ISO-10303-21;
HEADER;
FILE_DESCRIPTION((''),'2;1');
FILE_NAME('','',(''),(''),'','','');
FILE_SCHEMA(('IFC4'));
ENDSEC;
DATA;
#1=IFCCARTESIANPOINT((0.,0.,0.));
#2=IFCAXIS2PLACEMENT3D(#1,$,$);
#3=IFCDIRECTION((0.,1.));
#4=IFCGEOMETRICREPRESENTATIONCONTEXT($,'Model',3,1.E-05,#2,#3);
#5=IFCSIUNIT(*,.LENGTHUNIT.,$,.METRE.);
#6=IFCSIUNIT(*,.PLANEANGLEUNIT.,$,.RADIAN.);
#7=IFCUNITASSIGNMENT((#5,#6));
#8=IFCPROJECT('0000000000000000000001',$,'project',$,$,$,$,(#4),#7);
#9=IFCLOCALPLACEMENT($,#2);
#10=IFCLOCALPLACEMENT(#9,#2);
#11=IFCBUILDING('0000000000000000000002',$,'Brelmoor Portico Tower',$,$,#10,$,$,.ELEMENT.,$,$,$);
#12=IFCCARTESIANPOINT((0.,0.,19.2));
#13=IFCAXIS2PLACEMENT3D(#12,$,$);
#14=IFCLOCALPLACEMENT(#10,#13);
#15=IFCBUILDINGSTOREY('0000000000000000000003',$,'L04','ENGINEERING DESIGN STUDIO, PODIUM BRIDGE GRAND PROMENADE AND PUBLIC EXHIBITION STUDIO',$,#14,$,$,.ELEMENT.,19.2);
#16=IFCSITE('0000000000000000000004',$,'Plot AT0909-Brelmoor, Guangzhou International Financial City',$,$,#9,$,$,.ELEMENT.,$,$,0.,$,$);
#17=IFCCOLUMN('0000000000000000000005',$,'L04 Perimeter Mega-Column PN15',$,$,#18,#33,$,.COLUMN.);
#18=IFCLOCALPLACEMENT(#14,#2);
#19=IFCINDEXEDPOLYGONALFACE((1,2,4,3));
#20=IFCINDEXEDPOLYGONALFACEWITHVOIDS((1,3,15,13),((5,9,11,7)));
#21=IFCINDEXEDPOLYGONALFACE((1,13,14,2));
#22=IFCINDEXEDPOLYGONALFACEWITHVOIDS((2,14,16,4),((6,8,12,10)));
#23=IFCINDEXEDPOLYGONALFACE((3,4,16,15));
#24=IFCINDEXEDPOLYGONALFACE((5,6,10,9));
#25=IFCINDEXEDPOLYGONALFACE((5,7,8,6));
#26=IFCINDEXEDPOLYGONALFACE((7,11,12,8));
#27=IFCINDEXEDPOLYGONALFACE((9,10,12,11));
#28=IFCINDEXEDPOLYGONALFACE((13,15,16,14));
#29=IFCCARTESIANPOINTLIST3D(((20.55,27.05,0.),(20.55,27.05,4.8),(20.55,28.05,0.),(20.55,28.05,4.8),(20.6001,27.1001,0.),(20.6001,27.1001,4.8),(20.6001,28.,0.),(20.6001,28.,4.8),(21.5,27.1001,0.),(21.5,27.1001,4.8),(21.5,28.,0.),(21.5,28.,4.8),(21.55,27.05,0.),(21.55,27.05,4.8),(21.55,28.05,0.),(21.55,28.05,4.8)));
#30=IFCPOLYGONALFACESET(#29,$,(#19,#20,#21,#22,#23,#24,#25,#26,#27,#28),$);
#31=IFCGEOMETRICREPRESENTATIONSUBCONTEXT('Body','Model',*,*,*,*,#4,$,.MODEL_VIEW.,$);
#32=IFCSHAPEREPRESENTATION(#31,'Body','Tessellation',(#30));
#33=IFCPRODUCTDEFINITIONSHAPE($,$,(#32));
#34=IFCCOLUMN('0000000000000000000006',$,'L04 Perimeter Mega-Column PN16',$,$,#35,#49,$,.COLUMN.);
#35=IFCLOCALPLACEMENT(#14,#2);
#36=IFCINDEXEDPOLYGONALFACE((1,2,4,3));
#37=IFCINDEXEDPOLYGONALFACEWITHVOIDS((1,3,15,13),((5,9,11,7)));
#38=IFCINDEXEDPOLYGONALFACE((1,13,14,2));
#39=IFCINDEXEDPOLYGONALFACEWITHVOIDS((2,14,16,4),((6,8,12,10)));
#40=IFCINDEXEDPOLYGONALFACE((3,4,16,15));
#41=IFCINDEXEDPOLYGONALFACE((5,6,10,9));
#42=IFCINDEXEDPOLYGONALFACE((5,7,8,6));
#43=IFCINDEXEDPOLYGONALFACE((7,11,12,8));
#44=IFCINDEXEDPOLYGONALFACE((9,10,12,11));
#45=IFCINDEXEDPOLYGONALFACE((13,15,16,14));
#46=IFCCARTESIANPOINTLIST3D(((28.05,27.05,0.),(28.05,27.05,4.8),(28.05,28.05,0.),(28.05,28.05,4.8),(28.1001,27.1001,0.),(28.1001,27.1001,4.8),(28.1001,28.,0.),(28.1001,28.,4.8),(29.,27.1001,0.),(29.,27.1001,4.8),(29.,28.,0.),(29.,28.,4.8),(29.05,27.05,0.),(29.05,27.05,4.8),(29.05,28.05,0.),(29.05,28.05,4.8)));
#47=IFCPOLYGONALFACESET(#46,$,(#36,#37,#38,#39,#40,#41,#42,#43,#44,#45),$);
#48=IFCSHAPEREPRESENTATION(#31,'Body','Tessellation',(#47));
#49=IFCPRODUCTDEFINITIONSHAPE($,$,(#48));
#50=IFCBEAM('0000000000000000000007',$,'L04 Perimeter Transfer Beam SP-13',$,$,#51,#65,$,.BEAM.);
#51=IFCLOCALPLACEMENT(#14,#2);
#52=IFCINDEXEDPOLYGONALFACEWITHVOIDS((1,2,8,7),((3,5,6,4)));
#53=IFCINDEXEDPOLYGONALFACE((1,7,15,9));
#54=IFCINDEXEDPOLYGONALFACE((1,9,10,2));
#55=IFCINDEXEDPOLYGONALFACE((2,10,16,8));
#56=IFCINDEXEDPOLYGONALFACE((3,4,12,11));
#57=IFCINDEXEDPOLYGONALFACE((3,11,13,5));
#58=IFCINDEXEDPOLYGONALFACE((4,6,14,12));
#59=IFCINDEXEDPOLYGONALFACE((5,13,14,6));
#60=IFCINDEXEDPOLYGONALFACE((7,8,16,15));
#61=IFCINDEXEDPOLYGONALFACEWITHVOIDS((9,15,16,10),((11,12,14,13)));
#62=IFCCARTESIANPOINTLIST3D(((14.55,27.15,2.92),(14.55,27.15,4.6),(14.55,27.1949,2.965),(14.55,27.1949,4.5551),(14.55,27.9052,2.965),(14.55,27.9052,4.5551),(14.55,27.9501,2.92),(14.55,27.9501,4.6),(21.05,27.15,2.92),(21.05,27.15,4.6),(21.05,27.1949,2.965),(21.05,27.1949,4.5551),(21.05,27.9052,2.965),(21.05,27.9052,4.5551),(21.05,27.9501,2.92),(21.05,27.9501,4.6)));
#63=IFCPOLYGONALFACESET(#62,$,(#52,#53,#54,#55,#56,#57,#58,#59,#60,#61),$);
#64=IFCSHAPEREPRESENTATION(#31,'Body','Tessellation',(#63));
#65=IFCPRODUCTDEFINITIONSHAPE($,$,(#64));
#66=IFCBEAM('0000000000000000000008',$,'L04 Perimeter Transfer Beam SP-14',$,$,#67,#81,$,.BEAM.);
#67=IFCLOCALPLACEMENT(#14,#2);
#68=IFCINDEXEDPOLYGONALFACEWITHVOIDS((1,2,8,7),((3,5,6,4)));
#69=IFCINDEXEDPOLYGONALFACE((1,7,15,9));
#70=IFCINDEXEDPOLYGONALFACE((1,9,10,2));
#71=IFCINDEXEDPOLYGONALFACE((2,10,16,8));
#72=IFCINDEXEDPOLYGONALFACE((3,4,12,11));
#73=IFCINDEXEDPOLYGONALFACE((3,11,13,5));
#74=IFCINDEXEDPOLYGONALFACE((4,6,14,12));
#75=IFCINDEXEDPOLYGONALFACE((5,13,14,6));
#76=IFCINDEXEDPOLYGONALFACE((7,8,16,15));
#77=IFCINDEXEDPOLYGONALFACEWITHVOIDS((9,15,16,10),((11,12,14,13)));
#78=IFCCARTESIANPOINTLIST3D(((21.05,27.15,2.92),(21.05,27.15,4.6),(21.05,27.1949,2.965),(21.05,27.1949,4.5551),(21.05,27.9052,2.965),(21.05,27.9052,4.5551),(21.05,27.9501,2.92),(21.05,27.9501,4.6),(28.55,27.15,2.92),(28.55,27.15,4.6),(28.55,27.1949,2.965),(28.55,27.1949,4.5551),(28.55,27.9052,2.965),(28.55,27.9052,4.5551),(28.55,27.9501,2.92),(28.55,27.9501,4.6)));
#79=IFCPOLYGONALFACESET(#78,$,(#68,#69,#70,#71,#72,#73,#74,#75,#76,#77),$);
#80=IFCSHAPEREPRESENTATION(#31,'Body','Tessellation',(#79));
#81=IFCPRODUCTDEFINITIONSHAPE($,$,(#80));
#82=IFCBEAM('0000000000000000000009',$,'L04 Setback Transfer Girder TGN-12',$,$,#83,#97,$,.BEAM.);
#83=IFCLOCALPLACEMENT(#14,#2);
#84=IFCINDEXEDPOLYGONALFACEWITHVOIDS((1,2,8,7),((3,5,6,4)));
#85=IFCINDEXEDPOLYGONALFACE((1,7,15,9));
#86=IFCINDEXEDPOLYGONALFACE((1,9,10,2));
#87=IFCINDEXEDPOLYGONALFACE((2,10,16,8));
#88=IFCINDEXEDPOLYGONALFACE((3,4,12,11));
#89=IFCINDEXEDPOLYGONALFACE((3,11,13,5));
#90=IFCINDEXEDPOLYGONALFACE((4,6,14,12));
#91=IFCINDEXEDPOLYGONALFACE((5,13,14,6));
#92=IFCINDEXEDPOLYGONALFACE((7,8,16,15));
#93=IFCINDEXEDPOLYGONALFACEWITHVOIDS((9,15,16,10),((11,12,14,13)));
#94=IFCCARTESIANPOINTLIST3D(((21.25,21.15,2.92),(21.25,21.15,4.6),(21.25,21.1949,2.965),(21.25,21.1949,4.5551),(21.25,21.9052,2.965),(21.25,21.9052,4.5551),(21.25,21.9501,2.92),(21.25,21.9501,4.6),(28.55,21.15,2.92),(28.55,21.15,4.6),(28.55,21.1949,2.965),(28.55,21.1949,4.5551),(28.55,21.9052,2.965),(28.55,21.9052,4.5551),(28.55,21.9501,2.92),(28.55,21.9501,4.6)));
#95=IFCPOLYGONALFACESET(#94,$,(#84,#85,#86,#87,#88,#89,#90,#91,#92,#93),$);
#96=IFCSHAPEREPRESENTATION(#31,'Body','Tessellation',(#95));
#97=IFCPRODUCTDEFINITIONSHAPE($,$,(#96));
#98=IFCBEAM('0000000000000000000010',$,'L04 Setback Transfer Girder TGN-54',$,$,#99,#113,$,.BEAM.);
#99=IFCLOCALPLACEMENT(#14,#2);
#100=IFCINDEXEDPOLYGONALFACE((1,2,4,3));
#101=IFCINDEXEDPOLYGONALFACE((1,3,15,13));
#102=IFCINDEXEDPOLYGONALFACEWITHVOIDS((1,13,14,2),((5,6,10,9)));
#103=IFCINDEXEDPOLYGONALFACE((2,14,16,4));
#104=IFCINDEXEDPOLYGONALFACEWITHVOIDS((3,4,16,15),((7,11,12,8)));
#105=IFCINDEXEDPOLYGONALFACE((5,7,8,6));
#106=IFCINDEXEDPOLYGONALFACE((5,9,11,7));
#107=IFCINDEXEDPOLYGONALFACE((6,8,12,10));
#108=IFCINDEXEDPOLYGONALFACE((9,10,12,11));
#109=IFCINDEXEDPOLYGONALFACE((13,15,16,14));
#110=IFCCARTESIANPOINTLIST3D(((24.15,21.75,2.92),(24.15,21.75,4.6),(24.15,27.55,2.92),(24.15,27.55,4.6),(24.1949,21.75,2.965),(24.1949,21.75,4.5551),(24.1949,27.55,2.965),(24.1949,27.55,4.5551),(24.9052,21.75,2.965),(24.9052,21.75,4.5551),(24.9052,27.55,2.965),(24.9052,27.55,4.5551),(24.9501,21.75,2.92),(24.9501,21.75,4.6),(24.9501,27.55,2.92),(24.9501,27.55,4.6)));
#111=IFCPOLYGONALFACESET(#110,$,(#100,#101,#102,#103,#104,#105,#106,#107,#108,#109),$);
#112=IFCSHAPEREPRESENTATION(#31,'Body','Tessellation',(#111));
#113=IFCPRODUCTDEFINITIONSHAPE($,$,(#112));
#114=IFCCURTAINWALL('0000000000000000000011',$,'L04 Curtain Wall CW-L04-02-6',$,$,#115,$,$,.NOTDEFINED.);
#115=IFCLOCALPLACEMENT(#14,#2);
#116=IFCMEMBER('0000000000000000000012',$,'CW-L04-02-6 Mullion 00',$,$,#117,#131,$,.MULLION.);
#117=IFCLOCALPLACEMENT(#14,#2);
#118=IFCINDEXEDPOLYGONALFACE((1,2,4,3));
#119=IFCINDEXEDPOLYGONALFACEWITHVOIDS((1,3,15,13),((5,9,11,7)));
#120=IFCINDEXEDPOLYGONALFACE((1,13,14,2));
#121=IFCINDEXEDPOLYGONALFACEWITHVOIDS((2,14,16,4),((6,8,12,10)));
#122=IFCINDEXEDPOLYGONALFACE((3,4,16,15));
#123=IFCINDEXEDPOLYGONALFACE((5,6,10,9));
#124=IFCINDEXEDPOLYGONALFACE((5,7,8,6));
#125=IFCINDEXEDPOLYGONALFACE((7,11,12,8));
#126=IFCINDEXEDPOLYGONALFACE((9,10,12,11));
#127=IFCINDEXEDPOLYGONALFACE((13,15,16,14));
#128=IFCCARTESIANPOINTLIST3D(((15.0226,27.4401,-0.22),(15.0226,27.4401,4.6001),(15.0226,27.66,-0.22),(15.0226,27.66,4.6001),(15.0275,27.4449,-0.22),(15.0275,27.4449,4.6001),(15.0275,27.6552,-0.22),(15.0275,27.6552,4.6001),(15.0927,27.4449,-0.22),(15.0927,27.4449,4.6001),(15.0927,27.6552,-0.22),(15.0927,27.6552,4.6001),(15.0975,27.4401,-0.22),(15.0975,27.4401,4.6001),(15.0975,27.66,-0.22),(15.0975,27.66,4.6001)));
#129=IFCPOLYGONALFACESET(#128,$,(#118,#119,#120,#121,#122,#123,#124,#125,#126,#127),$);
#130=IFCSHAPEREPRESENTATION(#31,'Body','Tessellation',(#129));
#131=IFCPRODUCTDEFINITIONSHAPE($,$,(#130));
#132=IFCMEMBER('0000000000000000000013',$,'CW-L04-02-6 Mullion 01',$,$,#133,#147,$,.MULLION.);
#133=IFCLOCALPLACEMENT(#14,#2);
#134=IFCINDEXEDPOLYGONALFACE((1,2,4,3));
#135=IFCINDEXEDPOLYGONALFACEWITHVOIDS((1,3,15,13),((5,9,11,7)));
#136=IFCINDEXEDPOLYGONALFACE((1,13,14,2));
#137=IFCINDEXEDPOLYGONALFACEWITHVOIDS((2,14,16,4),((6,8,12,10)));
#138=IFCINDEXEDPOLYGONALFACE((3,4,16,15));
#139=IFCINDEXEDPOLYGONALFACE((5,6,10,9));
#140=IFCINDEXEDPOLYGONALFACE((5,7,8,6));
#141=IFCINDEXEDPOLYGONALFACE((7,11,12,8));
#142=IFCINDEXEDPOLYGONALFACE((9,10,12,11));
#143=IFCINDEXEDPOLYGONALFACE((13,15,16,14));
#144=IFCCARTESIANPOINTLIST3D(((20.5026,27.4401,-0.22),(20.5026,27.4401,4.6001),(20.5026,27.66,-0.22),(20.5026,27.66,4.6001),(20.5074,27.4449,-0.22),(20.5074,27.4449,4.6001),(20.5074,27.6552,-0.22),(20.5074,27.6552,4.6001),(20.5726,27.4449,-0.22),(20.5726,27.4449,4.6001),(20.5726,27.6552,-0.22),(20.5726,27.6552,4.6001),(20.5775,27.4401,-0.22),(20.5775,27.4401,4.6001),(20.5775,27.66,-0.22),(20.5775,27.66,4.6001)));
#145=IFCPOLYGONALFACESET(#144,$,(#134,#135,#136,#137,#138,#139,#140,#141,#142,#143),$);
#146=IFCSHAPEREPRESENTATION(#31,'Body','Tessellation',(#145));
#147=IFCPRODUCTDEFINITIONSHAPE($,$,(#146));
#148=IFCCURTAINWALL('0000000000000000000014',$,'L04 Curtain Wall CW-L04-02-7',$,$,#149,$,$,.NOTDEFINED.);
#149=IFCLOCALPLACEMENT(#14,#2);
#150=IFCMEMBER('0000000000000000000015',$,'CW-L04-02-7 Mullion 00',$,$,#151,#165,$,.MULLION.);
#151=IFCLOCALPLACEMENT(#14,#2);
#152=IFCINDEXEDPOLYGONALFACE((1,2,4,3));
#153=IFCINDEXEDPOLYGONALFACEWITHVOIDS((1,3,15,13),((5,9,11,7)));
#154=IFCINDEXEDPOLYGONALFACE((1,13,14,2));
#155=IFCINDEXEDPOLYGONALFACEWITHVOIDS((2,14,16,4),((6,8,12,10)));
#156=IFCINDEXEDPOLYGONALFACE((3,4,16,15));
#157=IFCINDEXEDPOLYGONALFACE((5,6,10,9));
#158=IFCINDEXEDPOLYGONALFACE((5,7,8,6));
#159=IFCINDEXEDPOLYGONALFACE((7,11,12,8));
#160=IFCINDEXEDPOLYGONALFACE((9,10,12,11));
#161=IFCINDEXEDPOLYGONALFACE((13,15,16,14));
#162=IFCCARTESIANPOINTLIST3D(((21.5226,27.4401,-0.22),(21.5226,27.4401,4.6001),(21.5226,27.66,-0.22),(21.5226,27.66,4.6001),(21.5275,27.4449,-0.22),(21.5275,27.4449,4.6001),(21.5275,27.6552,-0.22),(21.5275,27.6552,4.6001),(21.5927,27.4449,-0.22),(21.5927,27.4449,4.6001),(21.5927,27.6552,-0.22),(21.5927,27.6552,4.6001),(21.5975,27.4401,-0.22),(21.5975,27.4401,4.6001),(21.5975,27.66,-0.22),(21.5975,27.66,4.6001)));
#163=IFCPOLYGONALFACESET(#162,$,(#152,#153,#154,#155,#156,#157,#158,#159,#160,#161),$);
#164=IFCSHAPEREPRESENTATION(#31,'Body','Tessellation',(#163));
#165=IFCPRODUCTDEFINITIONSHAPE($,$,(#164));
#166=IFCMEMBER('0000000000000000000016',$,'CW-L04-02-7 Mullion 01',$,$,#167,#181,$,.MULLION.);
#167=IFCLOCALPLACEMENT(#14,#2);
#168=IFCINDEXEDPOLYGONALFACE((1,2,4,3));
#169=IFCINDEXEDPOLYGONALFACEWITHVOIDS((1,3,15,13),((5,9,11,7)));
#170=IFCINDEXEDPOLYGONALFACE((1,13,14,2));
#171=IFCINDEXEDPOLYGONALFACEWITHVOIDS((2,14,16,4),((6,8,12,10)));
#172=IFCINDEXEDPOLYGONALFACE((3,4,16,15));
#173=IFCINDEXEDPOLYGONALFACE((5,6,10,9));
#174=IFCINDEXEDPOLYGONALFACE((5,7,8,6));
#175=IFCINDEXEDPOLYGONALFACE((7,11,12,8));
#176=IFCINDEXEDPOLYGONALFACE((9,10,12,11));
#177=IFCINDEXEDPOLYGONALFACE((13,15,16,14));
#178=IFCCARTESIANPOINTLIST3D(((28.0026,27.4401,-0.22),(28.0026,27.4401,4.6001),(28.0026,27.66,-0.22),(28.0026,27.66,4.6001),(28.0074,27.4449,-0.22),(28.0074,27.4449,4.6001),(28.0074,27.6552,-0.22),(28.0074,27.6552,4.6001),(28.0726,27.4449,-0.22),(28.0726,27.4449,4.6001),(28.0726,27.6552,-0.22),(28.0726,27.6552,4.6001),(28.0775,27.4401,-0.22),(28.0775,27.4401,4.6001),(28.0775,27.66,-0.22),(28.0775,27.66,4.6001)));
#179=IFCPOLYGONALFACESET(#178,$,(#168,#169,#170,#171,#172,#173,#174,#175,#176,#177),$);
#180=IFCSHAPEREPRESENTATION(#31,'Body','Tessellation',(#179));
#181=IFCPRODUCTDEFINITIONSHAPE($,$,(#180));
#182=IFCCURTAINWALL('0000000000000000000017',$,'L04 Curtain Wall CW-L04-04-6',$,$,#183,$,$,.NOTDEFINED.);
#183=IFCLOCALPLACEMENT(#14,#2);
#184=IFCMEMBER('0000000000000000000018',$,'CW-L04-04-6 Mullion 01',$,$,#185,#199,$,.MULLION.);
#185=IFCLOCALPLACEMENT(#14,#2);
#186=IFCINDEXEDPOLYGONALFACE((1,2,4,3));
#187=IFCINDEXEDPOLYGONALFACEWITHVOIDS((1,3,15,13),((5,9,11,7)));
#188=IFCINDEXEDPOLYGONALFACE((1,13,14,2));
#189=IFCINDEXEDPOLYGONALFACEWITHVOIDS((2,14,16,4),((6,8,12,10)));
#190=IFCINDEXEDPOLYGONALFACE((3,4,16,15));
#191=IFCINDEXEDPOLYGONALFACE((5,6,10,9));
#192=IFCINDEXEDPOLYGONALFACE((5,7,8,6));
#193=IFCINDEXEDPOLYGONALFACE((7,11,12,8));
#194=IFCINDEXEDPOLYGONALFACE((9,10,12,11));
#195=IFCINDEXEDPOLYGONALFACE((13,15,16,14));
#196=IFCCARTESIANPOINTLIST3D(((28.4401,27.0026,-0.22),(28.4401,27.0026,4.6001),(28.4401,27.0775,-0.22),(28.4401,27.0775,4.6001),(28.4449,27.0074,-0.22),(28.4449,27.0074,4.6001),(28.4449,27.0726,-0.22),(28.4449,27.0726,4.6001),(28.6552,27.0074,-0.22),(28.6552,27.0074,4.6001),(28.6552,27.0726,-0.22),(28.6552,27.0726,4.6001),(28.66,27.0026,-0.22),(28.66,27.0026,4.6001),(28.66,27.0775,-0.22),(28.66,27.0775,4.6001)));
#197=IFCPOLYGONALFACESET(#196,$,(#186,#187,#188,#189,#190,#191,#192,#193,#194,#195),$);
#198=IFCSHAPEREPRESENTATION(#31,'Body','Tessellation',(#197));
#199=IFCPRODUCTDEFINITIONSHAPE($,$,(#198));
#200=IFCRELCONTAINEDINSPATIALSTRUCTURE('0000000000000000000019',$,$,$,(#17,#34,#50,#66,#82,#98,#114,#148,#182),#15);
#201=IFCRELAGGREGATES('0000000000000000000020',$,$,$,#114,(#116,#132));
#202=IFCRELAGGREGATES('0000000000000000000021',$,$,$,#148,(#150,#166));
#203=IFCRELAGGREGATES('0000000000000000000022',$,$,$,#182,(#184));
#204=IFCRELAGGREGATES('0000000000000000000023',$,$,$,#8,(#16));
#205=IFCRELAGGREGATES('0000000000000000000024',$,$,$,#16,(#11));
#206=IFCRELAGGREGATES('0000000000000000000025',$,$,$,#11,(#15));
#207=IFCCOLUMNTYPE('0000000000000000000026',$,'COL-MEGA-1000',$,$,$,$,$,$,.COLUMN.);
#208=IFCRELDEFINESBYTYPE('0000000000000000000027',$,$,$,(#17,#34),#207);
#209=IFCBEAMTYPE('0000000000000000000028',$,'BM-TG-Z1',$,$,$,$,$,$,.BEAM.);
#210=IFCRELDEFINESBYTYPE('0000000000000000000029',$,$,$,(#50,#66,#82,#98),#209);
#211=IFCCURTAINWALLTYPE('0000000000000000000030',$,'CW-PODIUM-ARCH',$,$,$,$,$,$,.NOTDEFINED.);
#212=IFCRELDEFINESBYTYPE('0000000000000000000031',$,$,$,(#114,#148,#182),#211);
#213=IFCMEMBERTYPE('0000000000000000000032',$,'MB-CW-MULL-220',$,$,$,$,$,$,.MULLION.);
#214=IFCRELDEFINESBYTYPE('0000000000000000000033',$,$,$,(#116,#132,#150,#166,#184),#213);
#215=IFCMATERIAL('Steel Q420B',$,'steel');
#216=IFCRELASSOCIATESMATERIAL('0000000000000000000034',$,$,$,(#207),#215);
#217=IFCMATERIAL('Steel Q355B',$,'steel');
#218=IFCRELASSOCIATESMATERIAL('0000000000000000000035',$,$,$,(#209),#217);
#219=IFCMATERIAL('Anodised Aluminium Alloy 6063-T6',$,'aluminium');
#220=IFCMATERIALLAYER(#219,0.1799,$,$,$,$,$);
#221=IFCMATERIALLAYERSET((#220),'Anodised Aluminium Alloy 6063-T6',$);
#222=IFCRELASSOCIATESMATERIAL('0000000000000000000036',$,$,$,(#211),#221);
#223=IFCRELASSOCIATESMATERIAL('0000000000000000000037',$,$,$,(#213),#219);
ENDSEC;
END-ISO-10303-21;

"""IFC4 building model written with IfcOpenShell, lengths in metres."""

from ifc_helpers import new_model, si_unit, direction, frame, origin, origin_2d, place, context, subcontext, project, spatial, hollow_rectangle, extrude, material, layer, layer_set, material_profile, profile_set, type_object, element, aggregate, save


model = new_model("IFC4")

# Units and contexts
model_context = context("Model", 3, precision=1e-05, world=origin(), true_north=direction((0.0, 1.0)))
body_context = subcontext(model_context, "Body", "Model", "MODEL_VIEW")
ifc_project = project(units=[si_unit("LENGTHUNIT", "METRE"), si_unit("PLANEANGLEUNIT", "RADIAN")], contexts=[model_context])

# Site, building, storey
site_placement = place(None, origin())
site = spatial("IfcSite", under=ifc_project, at=site_placement, Name="Plot AT0909-Brelmoor, Guangzhou International Financial City", CompositionType="ELEMENT", RefElevation=0.0)
building_placement = place(site_placement, origin())
building = spatial("IfcBuilding", under=site, at=building_placement, Name="Brelmoor Portico Tower", CompositionType="ELEMENT")
storey_placement = place(building_placement, frame((0.0, 0.0, 19.2)))
storey = spatial("IfcBuildingStorey", under=building, at=storey_placement, Name="L04", Description="ENGINEERING DESIGN STUDIO, PODIUM BRIDGE GRAND PROMENADE AND PUBLIC EXHIBITION STUDIO", CompositionType="ELEMENT", Elevation=19.2)

# Columns
ifc_material_1 = material(Name="Steel Q420B", Category="steel")
ifc_material_profile_1 = material_profile(ifc_material_1, hollow_rectangle(XDim=1.0, YDim=1.0, WallThickness=0.05, at=origin_2d()), Name="BOX 1000x1000x50")
ifc_profile_set_1 = profile_set([ifc_material_profile_1], Name="Steel Q420B")
column_type = type_object("IfcColumnType", Name="COL-MEGA-1000", PredefinedType="COLUMN", material=ifc_profile_set_1)
for number, where, z_axis, x_axis, name in (
    (1, (21.05, 27.55, 0.0), (0.0, 0.0, 1.0), (1.0, 0.0, 0.0), "L04 Perimeter Mega-Column PN15"),
    (2, (28.55, 27.55, 0.0), (0.0, 0.0, 1.0), (1.0, 0.0, 0.0), "L04 Perimeter Mega-Column PN16"),
):
    element("IfcColumn", number, at=place(storey_placement, frame(where, z_axis=z_axis, x_axis=x_axis)), inside=storey, type_object=column_type, Name=name, PredefinedType="COLUMN", context=body_context, shape_type="SweptSolid", body=[
        extrude(hollow_rectangle(XDim=1.0, YDim=1.0, WallThickness=0.05, at=origin_2d()), origin(), (0.0, 0.0, 1.0), 4.8),
    ])

# Beams
ifc_material_2 = material(Name="Steel Q355B", Category="steel")
ifc_material_profile_2 = material_profile(ifc_material_2, hollow_rectangle(XDim=0.8, YDim=1.6799, WallThickness=0.0449, at=origin_2d()), Name="BOX 800x1680x45")
ifc_profile_set_2 = profile_set([ifc_material_profile_2], Name="Steel Q355B")
beam_type = type_object("IfcBeamType", Name="BM-TG-Z1", PredefinedType="BEAM", material=ifc_profile_set_2)
beam_1_placement = place(storey_placement, frame((14.55, 27.55, 3.76), z_axis=(1.0, 0.0, 0.0), x_axis=(0.0, 1.0, 0.0)))
element("IfcBeam", 3, at=beam_1_placement, inside=storey, type_object=beam_type, Name="L04 Perimeter Transfer Beam SP-13", PredefinedType="BEAM", context=body_context, shape_type="SweptSolid", body=[
    extrude(hollow_rectangle(XDim=0.8, YDim=1.6799, WallThickness=0.0449, at=origin_2d()), origin(), (0.0, 0.0, 1.0), 6.5),
])
beam_2_placement = place(storey_placement, frame((21.05, 27.55, 3.76), z_axis=(1.0, 0.0, 0.0), x_axis=(0.0, 1.0, 0.0)))
element("IfcBeam", 4, at=beam_2_placement, inside=storey, type_object=beam_type, Name="L04 Perimeter Transfer Beam SP-14", PredefinedType="BEAM", context=body_context, shape_type="SweptSolid", body=[
    extrude(hollow_rectangle(XDim=0.8, YDim=1.6799, WallThickness=0.0449, at=origin_2d()), origin(), (0.0, 0.0, 1.0), 7.5),
])
beam_3_placement = place(storey_placement, frame((21.25, 21.55, 3.76), z_axis=(1.0, 0.0, 0.0), x_axis=(0.0, 1.0, 0.0)))
element("IfcBeam", 5, at=beam_3_placement, inside=storey, type_object=beam_type, Name="L04 Setback Transfer Girder TGN-12", PredefinedType="BEAM", context=body_context, shape_type="SweptSolid", body=[
    extrude(hollow_rectangle(XDim=0.8, YDim=1.6799, WallThickness=0.0449, at=origin_2d()), origin(), (0.0, 0.0, 1.0), 7.3),
])
beam_4_placement = place(storey_placement, frame((24.55, 21.75, 3.76), z_axis=(0.0, 1.0, 0.0), x_axis=(-1.0, 0.0, 0.0)))
element("IfcBeam", 6, at=beam_4_placement, inside=storey, type_object=beam_type, Name="L04 Setback Transfer Girder TGN-54", PredefinedType="BEAM", context=body_context, shape_type="SweptSolid", body=[
    extrude(hollow_rectangle(XDim=0.8, YDim=1.6799, WallThickness=0.0449, at=origin_2d()), origin(), (0.0, 0.0, 1.0), 5.8),
])

# Curtain walls, members
ifc_material_3 = material(Name="Anodised Aluminium Alloy 6063-T6", Category="aluminium")
ifc_layer_1 = layer(ifc_material_3, 0.1799)
ifc_layer_set_1 = layer_set([ifc_layer_1], Name="Anodised Aluminium Alloy 6063-T6")
curtain_wall_type = type_object("IfcCurtainWallType", Name="CW-PODIUM-ARCH", PredefinedType="NOTDEFINED", material=ifc_layer_set_1)
curtain_wall_1_placement = place(storey_placement, origin())
curtain_wall_1 = element("IfcCurtainWall", 7, at=curtain_wall_1_placement, inside=storey, type_object=curtain_wall_type, Name="L04 Curtain Wall CW-L04-02-6", PredefinedType="NOTDEFINED")
ifc_material_profile_3 = material_profile(ifc_material_3, hollow_rectangle(XDim=0.075, YDim=0.22, WallThickness=0.0049, at=origin_2d()), Name="ALU MULLION 75x220")
ifc_profile_set_3 = profile_set([ifc_material_profile_3], Name="Anodised Aluminium Alloy 6063-T6")
member_type_1 = type_object("IfcMemberType", Name="MB-CW-MULL-220", PredefinedType="MULLION", material=ifc_profile_set_3)
member_1_placement = place(storey_placement, frame((15.0601, 27.55, -0.22), z_axis=(0.0, 0.0, 1.0), x_axis=(1.0, 0.0, 0.0)))
member_1 = element("IfcMember", 8, at=member_1_placement, type_object=member_type_1, Name="CW-L04-02-6 Mullion 00", PredefinedType="MULLION", context=body_context, shape_type="SweptSolid", body=[
    extrude(hollow_rectangle(XDim=0.075, YDim=0.22, WallThickness=0.0049, at=origin_2d()), origin(), (0.0, 0.0, 1.0), 4.8201),
])
member_2_placement = place(storey_placement, frame((20.54, 27.55, -0.22), z_axis=(0.0, 0.0, 1.0), x_axis=(1.0, 0.0, 0.0)))
member_2 = element("IfcMember", 9, at=member_2_placement, type_object=member_type_1, Name="CW-L04-02-6 Mullion 01", PredefinedType="MULLION", context=body_context, shape_type="SweptSolid", body=[
    extrude(hollow_rectangle(XDim=0.075, YDim=0.22, WallThickness=0.0049, at=origin_2d()), origin(), (0.0, 0.0, 1.0), 4.8201),
])
curtain_wall_2_placement = place(storey_placement, origin())
curtain_wall_2 = element("IfcCurtainWall", 10, at=curtain_wall_2_placement, inside=storey, type_object=curtain_wall_type, Name="L04 Curtain Wall CW-L04-02-7", PredefinedType="NOTDEFINED")
member_3_placement = place(storey_placement, frame((21.5601, 27.55, -0.22), z_axis=(0.0, 0.0, 1.0), x_axis=(1.0, 0.0, 0.0)))
member_3 = element("IfcMember", 11, at=member_3_placement, type_object=member_type_1, Name="CW-L04-02-7 Mullion 00", PredefinedType="MULLION", context=body_context, shape_type="SweptSolid", body=[
    extrude(hollow_rectangle(XDim=0.075, YDim=0.22, WallThickness=0.0049, at=origin_2d()), origin(), (0.0, 0.0, 1.0), 4.8201),
])
member_4_placement = place(storey_placement, frame((28.04, 27.55, -0.22), z_axis=(0.0, 0.0, 1.0), x_axis=(1.0, 0.0, 0.0)))
member_4 = element("IfcMember", 12, at=member_4_placement, type_object=member_type_1, Name="CW-L04-02-7 Mullion 01", PredefinedType="MULLION", context=body_context, shape_type="SweptSolid", body=[
    extrude(hollow_rectangle(XDim=0.075, YDim=0.22, WallThickness=0.0049, at=origin_2d()), origin(), (0.0, 0.0, 1.0), 4.8201),
])

# Curtain wall, member
curtain_wall_3_placement = place(storey_placement, origin())
curtain_wall_3 = element("IfcCurtainWall", 13, at=curtain_wall_3_placement, inside=storey, type_object=curtain_wall_type, Name="L04 Curtain Wall CW-L04-04-6", PredefinedType="NOTDEFINED")
member_5_placement = place(storey_placement, frame((28.55, 27.04, -0.22), z_axis=(0.0, 0.0, 1.0), x_axis=(0.0, 1.0, 0.0)))
member_5 = element("IfcMember", 14, at=member_5_placement, type_object=member_type_1, Name="CW-L04-04-6 Mullion 01", PredefinedType="MULLION", context=body_context, shape_type="SweptSolid", body=[
    extrude(hollow_rectangle(XDim=0.075, YDim=0.22, WallThickness=0.0049, at=origin_2d()), origin(), (0.0, 0.0, 1.0), 4.8201),
])

aggregate(curtain_wall_1, [member_1, member_2])
aggregate(curtain_wall_2, [member_3, member_4])
aggregate(curtain_wall_3, [member_5])

save(model, "model.ifc")
